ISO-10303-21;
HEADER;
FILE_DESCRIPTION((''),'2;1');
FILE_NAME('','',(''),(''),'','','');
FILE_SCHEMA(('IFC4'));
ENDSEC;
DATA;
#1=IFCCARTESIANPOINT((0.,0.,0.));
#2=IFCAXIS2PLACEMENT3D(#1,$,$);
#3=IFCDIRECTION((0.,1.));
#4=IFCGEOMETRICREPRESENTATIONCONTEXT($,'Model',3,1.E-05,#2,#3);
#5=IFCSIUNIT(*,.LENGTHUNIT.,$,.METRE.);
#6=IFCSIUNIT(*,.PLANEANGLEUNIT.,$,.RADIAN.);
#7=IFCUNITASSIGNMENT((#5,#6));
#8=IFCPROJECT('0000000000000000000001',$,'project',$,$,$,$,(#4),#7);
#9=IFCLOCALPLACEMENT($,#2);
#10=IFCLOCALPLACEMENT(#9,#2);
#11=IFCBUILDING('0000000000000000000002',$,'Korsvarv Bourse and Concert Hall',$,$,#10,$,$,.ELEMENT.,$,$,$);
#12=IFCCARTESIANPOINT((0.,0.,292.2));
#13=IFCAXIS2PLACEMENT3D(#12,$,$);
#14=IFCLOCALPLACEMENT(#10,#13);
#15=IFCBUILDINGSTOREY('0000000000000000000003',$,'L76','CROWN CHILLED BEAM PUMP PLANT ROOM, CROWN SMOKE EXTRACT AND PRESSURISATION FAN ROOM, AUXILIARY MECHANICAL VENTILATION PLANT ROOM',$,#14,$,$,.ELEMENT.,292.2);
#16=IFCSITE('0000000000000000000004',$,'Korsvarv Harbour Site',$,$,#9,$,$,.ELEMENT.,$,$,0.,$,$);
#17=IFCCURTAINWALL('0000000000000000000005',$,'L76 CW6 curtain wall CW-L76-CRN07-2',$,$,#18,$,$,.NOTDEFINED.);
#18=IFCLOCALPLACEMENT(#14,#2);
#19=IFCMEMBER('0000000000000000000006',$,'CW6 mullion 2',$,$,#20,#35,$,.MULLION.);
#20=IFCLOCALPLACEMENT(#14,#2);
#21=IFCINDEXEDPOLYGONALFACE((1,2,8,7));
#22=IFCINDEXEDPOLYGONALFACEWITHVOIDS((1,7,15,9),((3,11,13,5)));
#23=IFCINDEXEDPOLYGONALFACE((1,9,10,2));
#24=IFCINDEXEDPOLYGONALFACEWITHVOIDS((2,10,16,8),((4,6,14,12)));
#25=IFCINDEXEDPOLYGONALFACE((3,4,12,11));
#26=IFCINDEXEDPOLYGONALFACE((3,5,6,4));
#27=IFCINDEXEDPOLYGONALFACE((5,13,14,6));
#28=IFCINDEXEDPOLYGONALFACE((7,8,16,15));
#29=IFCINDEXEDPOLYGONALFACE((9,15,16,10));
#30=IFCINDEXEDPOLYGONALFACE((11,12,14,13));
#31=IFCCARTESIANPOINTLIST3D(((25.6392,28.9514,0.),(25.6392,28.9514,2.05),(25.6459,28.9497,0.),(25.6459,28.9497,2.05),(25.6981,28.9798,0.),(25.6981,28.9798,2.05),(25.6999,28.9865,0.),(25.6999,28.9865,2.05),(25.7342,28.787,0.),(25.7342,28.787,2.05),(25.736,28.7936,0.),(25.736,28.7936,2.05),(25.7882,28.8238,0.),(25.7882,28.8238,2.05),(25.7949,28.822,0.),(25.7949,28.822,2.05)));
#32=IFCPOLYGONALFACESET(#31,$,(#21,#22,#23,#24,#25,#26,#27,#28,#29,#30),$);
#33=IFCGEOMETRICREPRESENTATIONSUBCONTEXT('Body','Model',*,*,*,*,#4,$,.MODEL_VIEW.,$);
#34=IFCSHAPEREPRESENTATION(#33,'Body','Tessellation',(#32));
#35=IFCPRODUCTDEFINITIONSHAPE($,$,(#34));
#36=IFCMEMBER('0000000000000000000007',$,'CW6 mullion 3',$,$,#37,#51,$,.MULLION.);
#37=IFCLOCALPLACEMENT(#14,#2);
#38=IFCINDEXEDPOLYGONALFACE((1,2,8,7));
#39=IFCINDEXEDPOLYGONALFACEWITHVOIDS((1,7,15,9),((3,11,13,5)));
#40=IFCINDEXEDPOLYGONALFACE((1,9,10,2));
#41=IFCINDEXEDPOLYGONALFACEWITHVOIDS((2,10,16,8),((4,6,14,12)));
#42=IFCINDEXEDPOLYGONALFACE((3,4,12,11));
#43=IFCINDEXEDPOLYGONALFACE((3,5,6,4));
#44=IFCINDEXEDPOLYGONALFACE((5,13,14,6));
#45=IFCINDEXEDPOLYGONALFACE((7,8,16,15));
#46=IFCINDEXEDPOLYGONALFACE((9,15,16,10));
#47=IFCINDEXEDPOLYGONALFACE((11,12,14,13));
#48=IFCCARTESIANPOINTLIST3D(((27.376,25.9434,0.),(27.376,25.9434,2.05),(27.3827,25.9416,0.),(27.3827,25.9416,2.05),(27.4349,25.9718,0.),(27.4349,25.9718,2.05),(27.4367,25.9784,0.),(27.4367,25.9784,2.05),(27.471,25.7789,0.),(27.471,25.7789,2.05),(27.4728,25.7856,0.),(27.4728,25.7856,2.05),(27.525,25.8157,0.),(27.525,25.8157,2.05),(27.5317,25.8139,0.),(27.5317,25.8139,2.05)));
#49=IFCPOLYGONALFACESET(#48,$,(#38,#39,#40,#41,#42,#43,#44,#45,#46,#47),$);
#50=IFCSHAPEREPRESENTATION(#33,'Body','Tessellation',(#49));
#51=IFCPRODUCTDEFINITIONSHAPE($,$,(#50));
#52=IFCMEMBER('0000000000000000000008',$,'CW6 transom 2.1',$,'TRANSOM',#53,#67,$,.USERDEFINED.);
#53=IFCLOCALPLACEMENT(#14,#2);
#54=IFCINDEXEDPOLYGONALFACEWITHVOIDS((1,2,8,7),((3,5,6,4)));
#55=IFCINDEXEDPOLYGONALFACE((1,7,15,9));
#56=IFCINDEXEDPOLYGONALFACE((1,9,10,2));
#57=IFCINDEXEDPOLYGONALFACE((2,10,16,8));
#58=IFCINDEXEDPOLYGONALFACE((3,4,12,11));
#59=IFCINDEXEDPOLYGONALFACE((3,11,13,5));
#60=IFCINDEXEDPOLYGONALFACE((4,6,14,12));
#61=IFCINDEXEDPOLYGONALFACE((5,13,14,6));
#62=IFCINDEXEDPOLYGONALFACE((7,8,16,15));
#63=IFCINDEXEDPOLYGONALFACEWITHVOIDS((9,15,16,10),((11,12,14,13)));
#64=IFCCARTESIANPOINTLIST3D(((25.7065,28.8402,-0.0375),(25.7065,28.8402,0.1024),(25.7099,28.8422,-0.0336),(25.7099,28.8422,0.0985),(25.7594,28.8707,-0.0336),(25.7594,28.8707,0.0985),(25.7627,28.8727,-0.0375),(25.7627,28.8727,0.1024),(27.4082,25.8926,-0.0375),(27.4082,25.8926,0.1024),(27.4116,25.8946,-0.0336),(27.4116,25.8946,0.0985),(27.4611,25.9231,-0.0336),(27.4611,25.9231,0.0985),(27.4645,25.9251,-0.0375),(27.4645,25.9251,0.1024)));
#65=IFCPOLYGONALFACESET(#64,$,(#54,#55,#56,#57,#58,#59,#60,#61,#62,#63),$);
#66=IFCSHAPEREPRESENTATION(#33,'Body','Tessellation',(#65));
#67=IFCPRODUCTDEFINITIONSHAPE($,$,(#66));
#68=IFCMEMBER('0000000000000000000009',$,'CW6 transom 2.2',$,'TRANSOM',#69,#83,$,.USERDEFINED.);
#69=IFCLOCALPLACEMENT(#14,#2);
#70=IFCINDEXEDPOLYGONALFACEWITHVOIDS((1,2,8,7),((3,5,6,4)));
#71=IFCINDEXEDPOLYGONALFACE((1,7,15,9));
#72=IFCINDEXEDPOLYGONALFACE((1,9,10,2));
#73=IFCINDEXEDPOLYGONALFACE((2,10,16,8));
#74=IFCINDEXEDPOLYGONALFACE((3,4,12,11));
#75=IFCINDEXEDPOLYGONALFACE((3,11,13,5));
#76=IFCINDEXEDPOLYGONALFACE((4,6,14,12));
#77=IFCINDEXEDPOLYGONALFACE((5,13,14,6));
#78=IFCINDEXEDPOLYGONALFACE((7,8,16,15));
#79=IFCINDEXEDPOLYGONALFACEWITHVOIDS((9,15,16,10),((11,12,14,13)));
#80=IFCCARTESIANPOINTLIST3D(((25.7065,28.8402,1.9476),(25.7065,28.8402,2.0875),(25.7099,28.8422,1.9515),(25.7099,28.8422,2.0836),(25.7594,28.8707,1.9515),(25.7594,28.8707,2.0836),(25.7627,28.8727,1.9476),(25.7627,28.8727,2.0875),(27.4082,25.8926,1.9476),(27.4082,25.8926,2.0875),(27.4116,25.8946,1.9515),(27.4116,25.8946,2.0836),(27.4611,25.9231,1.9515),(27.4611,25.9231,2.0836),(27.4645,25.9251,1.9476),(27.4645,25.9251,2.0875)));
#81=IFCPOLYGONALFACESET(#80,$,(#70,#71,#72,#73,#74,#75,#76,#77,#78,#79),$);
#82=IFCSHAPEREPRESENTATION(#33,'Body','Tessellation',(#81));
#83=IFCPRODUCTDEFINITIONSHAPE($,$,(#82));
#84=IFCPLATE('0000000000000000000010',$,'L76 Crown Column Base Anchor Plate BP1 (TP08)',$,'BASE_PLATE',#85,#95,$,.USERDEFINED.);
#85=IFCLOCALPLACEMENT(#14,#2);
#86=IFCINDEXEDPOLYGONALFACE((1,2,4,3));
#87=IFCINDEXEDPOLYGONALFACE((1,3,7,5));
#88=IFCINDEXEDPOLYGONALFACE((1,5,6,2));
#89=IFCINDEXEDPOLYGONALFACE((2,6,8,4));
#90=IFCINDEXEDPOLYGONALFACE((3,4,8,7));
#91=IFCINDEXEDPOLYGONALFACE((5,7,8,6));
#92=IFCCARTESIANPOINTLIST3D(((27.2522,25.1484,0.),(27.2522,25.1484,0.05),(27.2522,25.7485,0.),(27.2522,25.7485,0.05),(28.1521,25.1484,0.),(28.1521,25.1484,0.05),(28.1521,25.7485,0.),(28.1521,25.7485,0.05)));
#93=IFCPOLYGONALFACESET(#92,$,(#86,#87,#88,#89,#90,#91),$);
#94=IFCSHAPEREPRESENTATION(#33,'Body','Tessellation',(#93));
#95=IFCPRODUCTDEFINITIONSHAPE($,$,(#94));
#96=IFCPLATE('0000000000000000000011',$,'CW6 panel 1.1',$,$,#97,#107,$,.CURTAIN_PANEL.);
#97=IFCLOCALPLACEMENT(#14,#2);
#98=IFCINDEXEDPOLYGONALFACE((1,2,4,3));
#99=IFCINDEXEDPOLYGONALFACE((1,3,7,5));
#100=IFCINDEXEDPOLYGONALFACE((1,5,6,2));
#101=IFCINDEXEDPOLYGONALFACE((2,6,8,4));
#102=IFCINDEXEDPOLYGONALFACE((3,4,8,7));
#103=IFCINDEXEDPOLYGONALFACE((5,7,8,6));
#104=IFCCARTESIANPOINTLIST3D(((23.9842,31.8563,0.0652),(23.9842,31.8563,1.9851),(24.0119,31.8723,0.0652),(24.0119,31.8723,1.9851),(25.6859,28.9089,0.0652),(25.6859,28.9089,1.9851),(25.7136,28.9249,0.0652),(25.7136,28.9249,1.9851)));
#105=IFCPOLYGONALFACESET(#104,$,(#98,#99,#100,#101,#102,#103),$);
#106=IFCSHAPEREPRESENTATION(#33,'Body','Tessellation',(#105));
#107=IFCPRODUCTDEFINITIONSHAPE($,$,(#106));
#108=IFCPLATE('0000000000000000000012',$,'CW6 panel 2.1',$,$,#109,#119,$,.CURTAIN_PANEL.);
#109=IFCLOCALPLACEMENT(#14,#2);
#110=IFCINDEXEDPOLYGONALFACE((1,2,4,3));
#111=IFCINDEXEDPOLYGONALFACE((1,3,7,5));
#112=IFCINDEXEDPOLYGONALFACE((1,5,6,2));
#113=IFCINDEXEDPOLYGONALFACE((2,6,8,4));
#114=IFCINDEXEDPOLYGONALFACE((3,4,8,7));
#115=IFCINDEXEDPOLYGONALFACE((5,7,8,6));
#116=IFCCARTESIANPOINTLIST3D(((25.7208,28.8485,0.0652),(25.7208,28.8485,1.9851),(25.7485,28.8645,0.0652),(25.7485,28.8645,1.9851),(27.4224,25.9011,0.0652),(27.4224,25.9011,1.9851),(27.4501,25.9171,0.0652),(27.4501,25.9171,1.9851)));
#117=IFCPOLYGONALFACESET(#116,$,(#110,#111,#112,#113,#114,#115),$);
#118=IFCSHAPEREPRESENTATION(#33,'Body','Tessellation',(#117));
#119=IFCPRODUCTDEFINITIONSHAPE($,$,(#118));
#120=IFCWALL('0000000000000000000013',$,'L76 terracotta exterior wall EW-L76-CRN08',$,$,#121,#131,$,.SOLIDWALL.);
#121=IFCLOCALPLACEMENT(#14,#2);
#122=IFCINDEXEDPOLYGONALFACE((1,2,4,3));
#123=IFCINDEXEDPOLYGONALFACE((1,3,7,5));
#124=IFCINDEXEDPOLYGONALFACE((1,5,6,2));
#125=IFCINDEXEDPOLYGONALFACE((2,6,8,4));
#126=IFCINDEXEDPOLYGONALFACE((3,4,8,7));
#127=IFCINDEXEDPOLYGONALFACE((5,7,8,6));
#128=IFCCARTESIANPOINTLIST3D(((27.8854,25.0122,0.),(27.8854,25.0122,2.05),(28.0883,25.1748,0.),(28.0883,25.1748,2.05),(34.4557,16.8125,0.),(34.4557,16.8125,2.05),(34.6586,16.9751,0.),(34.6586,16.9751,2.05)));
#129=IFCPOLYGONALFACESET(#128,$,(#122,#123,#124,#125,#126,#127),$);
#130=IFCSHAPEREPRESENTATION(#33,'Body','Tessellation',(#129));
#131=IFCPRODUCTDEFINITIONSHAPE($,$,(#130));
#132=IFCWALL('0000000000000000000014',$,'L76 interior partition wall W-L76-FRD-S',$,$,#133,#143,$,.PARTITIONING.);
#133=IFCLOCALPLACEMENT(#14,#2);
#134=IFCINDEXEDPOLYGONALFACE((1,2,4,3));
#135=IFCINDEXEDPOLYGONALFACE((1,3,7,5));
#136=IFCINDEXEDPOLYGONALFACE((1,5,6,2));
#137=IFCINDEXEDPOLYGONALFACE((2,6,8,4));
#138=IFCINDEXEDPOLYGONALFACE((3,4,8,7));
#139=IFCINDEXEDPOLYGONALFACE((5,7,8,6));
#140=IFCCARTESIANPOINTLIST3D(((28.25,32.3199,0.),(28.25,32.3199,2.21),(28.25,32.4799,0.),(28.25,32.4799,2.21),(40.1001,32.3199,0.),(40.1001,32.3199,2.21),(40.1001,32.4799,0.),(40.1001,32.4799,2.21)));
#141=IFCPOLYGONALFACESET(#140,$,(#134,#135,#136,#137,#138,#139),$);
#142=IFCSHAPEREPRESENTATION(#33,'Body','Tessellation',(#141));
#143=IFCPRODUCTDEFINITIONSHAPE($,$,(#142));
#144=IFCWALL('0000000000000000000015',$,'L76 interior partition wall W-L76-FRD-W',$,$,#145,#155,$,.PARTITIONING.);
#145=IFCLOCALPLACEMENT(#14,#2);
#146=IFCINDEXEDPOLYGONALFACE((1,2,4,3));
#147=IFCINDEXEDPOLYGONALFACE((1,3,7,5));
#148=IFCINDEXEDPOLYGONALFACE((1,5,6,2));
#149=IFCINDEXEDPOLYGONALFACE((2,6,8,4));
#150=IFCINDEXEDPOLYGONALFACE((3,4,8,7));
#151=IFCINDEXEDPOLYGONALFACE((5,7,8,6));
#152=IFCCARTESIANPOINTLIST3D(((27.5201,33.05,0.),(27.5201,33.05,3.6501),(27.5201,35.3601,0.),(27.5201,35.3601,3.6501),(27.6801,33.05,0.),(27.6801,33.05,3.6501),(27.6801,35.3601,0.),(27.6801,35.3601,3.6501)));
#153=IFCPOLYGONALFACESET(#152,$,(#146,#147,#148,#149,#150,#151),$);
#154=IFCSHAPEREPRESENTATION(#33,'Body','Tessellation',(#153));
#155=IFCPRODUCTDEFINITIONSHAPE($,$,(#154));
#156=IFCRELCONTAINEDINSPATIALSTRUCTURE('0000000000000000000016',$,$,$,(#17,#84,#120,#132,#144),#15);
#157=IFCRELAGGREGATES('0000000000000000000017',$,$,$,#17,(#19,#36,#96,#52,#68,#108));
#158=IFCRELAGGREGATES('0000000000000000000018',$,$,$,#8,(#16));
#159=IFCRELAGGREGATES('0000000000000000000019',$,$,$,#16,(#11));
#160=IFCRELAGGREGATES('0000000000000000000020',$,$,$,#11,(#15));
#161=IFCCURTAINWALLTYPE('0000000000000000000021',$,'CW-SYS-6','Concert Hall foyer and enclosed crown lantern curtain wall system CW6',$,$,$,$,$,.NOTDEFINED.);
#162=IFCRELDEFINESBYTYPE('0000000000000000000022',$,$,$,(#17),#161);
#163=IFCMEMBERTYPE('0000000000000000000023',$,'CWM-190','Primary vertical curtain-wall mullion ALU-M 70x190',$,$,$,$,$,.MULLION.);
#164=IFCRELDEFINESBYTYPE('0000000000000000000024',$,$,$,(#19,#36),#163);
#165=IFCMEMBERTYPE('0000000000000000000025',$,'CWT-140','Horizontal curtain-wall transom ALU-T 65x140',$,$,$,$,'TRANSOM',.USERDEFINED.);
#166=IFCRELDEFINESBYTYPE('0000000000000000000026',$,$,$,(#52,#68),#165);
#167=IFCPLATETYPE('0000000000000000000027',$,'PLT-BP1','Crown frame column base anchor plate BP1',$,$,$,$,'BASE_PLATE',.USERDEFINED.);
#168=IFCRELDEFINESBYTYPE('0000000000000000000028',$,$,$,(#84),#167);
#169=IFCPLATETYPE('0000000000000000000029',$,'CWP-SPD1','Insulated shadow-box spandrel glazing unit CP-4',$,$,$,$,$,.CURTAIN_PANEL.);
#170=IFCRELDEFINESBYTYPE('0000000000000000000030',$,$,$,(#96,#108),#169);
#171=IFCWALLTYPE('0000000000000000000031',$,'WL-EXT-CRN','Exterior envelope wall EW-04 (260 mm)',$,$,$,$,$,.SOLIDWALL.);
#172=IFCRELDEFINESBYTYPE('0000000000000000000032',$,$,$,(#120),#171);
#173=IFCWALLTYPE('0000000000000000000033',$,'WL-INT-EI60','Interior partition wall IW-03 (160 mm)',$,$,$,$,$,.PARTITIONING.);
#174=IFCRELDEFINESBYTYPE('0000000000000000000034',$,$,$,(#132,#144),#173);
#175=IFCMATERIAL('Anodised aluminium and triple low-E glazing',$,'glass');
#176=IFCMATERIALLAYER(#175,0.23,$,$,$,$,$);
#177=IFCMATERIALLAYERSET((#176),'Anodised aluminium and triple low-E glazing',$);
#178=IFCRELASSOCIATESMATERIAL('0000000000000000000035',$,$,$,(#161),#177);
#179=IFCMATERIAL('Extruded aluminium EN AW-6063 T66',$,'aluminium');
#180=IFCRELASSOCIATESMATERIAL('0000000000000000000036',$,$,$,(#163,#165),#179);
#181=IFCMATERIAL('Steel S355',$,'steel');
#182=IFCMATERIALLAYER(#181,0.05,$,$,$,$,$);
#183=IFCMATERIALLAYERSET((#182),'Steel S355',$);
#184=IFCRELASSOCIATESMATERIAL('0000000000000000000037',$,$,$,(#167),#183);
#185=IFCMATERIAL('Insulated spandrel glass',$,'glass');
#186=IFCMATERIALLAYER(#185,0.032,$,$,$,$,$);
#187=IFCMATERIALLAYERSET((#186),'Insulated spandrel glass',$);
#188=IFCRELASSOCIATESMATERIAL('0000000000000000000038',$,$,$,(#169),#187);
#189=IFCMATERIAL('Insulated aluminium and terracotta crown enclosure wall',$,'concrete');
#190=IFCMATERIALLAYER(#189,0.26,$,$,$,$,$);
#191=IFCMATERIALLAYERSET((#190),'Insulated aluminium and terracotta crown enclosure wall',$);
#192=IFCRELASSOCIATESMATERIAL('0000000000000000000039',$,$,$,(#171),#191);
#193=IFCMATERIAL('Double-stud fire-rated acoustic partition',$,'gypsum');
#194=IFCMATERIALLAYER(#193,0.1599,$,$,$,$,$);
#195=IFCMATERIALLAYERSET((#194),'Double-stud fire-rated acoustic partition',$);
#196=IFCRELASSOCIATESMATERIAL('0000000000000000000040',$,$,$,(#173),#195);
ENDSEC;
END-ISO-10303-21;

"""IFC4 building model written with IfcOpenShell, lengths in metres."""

from ifc_helpers import new_model, si_unit, direction, frame, frame_2d, origin, origin_2d, place, context, subcontext, project, spatial, rectangle, hollow_rectangle, extrude, source, transform, mapped, material, layer, layer_set, material_profile, profile_set, type_object, element, aggregate, save


model = new_model("IFC4")

# Units and contexts
model_context = context("Model", 3, precision=1e-05, world=origin(), true_north=direction((0.0, 1.0)))
body_context = subcontext(model_context, "Body", "Model", "MODEL_VIEW")
ifc_project = project(units=[si_unit("LENGTHUNIT", "METRE"), si_unit("PLANEANGLEUNIT", "RADIAN")], contexts=[model_context])

# Site, building, storey
site_placement = place(None, origin())
site = spatial("IfcSite", under=ifc_project, at=site_placement, Name="Korsvarv Harbour Site", CompositionType="ELEMENT", RefElevation=0.0)
building_placement = place(site_placement, origin())
building = spatial("IfcBuilding", under=site, at=building_placement, Name="Korsvarv Bourse and Concert Hall", CompositionType="ELEMENT")
storey_placement = place(building_placement, frame((0.0, 0.0, 292.2)))
storey = spatial("IfcBuildingStorey", under=building, at=storey_placement, Name="L76", Description="CROWN CHILLED BEAM PUMP PLANT ROOM, CROWN SMOKE EXTRACT AND PRESSURISATION FAN ROOM, AUXILIARY MECHANICAL VENTILATION PLANT ROOM", CompositionType="ELEMENT", Elevation=292.2)

# Shared definitions
ifc_material_1 = material(Name="Steel S355", Category="steel")

# Curtain wall, members
ifc_material_2 = material(Name="Anodised aluminium and triple low-E glazing", Category="glass")
ifc_layer_1 = layer(ifc_material_2, 0.23)
ifc_layer_set_1 = layer_set([ifc_layer_1], Name="Anodised aluminium and triple low-E glazing")
curtain_wall_type = type_object("IfcCurtainWallType", Name="CW-SYS-6", Description="Concert Hall foyer and enclosed crown lantern curtain wall system CW6", PredefinedType="NOTDEFINED", material=ifc_layer_set_1)
curtain_wall_placement = place(storey_placement, origin())
curtain_wall = element("IfcCurtainWall", 1, at=curtain_wall_placement, inside=storey, type_object=curtain_wall_type, Name="L76 CW6 curtain wall CW-L76-CRN07-2", PredefinedType="NOTDEFINED")
ifc_material_3 = material(Name="Extruded aluminium EN AW-6063 T66", Category="aluminium")
ifc_material_profile_1 = material_profile(ifc_material_3, hollow_rectangle(XDim=0.0701, YDim=0.1899, WallThickness=0.0049, at=origin_2d()), Name="ALU-M 70x190")
ifc_profile_set_1 = profile_set([ifc_material_profile_1], Name="Extruded aluminium EN AW-6063 T66")
member_type_1 = type_object("IfcMemberType", Name="CWM-190", Description="Primary vertical curtain-wall mullion ALU-M 70x190", PredefinedType="MULLION", material=ifc_profile_set_1)
shared_shape_1 = source(origin(), body_context, "Body", "SweptSolid", [
    extrude(hollow_rectangle(XDim=0.0701, YDim=0.1899, WallThickness=0.0049, at=origin_2d()), origin(), (0.0, 0.0, 1.0), 2.05),
])
member_1_placement = place(storey_placement, frame((25.717, 28.8867, 0.0), z_axis=(0.0, 0.0, 1.0), x_axis=(0.866027, 0.499997, 0.0)))
member_1 = element("IfcMember", 2, at=member_1_placement, type_object=member_type_1, Name="CW6 mullion 2", PredefinedType="MULLION", context=body_context, shape_type="MappedRepresentation", body=[
    mapped(shared_shape_1, transform((0.0, 0.0, 0.0), scale=1.0)),
])
member_2_placement = place(storey_placement, frame((27.4539, 25.8787, 0.0), z_axis=(0.0, 0.0, 1.0), x_axis=(0.866027, 0.499997, 0.0)))
member_2 = element("IfcMember", 3, at=member_2_placement, type_object=member_type_1, Name="CW6 mullion 3", PredefinedType="MULLION", context=body_context, shape_type="MappedRepresentation", body=[
    mapped(shared_shape_1, transform((0.0, 0.0, 0.0), scale=1.0)),
])
ifc_material_profile_2 = material_profile(ifc_material_3, hollow_rectangle(XDim=0.0649, YDim=0.1399, WallThickness=0.0039, at=origin_2d()), Name="ALU-T 65x140")
ifc_profile_set_2 = profile_set([ifc_material_profile_2], Name="Extruded aluminium EN AW-6063 T66")
member_type_2 = type_object("IfcMemberType", Name="CWT-140", Description="Horizontal curtain-wall transom ALU-T 65x140", ElementType="TRANSOM", PredefinedType="USERDEFINED", material=ifc_profile_set_2)
shared_shape_2 = source(origin(), body_context, "Body", "SweptSolid", [
    extrude(hollow_rectangle(XDim=0.0649, YDim=0.1399, WallThickness=0.0039, at=origin_2d()), origin(), (0.0, 0.0, 1.0), 3.4036),
])
member_3_placement = place(storey_placement, frame((25.7346, 28.8564, 0.0325), z_axis=(0.499981, -0.866036, 0.0), x_axis=(0.866036, 0.499981, 0.0)))
member_3 = element("IfcMember", 4, at=member_3_placement, type_object=member_type_2, Name="CW6 transom 2.1", ObjectType="TRANSOM", PredefinedType="USERDEFINED", context=body_context, shape_type="MappedRepresentation", body=[
    mapped(shared_shape_2, transform((0.0, 0.0, 0.0), scale=1.0)),
])
member_4_placement = place(storey_placement, frame((25.7346, 28.8564, 2.0176), z_axis=(0.499981, -0.866036, 0.0), x_axis=(0.866036, 0.499981, 0.0)))
member_4 = element("IfcMember", 5, at=member_4_placement, type_object=member_type_2, Name="CW6 transom 2.2", ObjectType="TRANSOM", PredefinedType="USERDEFINED", context=body_context, shape_type="MappedRepresentation", body=[
    mapped(shared_shape_2, transform((0.0, 0.0, 0.0), scale=1.0)),
])

# Plates
ifc_layer_2 = layer(ifc_material_1, 0.05)
ifc_layer_set_2 = layer_set([ifc_layer_2], Name="Steel S355")
plate_type_1 = type_object("IfcPlateType", Name="PLT-BP1", Description="Crown frame column base anchor plate BP1", ElementType="BASE_PLATE", PredefinedType="USERDEFINED", material=ifc_layer_set_2)
shared_shape_3 = source(origin(), body_context, "Body", "SweptSolid", [
    extrude(rectangle(XDim=0.8999, YDim=0.6001, at=origin_2d()), origin(), (0.0, 0.0, 1.0), 0.05),
])
plate_1_placement = place(storey_placement, frame((27.7021, 25.4485, 0.0), z_axis=(0.0, 0.0, 1.0), x_axis=(1.0, 0.0, 0.0)))
element("IfcPlate", 6, at=plate_1_placement, inside=storey, type_object=plate_type_1, Name="L76 Crown Column Base Anchor Plate BP1 (TP08)", ObjectType="BASE_PLATE", PredefinedType="USERDEFINED", context=body_context, shape_type="MappedRepresentation", body=[
    mapped(shared_shape_3, transform((0.0, 0.0, 0.0), scale=1.0)),
])
ifc_material_4 = material(Name="Insulated spandrel glass", Category="glass")
ifc_layer_3 = layer(ifc_material_4, 0.032)
ifc_layer_set_3 = layer_set([ifc_layer_3], Name="Insulated spandrel glass")
plate_type_2 = type_object("IfcPlateType", Name="CWP-SPD1", Description="Insulated shadow-box spandrel glazing unit CP-4", PredefinedType="CURTAIN_PANEL", material=ifc_layer_set_3)
shared_shape_4 = source(origin(), body_context, "Body", "SweptSolid", [
    extrude(rectangle(XDim=3.4033, YDim=0.032, at=origin_2d()), origin(), (0.0, 0.0, 1.0), 1.9199),
])
plate_2_placement = place(storey_placement, frame((24.8489, 30.3906, 0.0652), z_axis=(0.0, 0.0, 1.0), x_axis=(0.499997, -0.866027, 0.0)))
plate_2 = element("IfcPlate", 7, at=plate_2_placement, type_object=plate_type_2, Name="CW6 panel 1.1", PredefinedType="CURTAIN_PANEL", context=body_context, shape_type="MappedRepresentation", body=[
    mapped(shared_shape_4, transform((0.0, 0.0, 0.0), scale=1.0)),
])
plate_3_placement = place(storey_placement, frame((26.5854, 27.3828, 0.0652), z_axis=(0.0, 0.0, 1.0), x_axis=(0.499997, -0.866027, 0.0)))
plate_3 = element("IfcPlate", 8, at=plate_3_placement, type_object=plate_type_2, Name="CW6 panel 2.1", PredefinedType="CURTAIN_PANEL", context=body_context, shape_type="MappedRepresentation", body=[
    mapped(shared_shape_4, transform((0.0, 0.0, 0.0), scale=1.0)),
])
aggregate(curtain_wall, [member_1, member_2, plate_2, member_3, member_4, plate_3])

# Walls
ifc_material_5 = material(Name="Insulated aluminium and terracotta crown enclosure wall", Category="concrete")
ifc_layer_4 = layer(ifc_material_5, 0.26)
ifc_layer_set_4 = layer_set([ifc_layer_4], Name="Insulated aluminium and terracotta crown enclosure wall")
wall_type_1 = type_object("IfcWallType", Name="WL-EXT-CRN", Description="Exterior envelope wall EW-04 (260 mm)", PredefinedType="SOLIDWALL", material=ifc_layer_set_4)
wall_1_placement = place(storey_placement, frame((27.9868, 25.0935, 0.0), z_axis=(0.0, 0.0, 1.0), x_axis=(0.625307, -0.780379, 0.0)))
element("IfcWall", 9, at=wall_1_placement, inside=storey, type_object=wall_type_1, Name="L76 terracotta exterior wall EW-L76-CRN08", PredefinedType="SOLIDWALL", context=body_context, shape_type="SweptSolid", body=[
    extrude(rectangle(XDim=10.5073, YDim=0.26, at=frame_2d((5.2537, 0.0))), origin(), (0.0, 0.0, 1.0), 2.05),
])
ifc_material_6 = material(Name="Double-stud fire-rated acoustic partition", Category="gypsum")
ifc_layer_5 = layer(ifc_material_6, 0.1599)
ifc_layer_set_5 = layer_set([ifc_layer_5], Name="Double-stud fire-rated acoustic partition")
wall_type_2 = type_object("IfcWallType", Name="WL-INT-EI60", Description="Interior partition wall IW-03 (160 mm)", PredefinedType="PARTITIONING", material=ifc_layer_set_5)
wall_2_placement = place(storey_placement, frame((28.25, 32.3999, 0.0), z_axis=(0.0, 0.0, 1.0), x_axis=(1.0, 0.0, 0.0)))
element("IfcWall", 10, at=wall_2_placement, inside=storey, type_object=wall_type_2, Name="L76 interior partition wall W-L76-FRD-S", PredefinedType="PARTITIONING", context=body_context, shape_type="SweptSolid", body=[
    extrude(rectangle(XDim=11.8501, YDim=0.1599, at=frame_2d((5.925, 0.0))), origin(), (0.0, 0.0, 1.0), 2.21),
])
wall_3_placement = place(storey_placement, frame((27.6001, 33.05, 0.0), z_axis=(0.0, 0.0, 1.0), x_axis=(0.0, 1.0, 0.0)))
element("IfcWall", 11, at=wall_3_placement, inside=storey, type_object=wall_type_2, Name="L76 interior partition wall W-L76-FRD-W", PredefinedType="PARTITIONING", context=body_context, shape_type="SweptSolid", body=[
    extrude(rectangle(XDim=2.3101, YDim=0.1599, at=frame_2d((1.155, 0.0))), origin(), (0.0, 0.0, 1.0), 3.6501),
])

save(model, "model.ifc")
